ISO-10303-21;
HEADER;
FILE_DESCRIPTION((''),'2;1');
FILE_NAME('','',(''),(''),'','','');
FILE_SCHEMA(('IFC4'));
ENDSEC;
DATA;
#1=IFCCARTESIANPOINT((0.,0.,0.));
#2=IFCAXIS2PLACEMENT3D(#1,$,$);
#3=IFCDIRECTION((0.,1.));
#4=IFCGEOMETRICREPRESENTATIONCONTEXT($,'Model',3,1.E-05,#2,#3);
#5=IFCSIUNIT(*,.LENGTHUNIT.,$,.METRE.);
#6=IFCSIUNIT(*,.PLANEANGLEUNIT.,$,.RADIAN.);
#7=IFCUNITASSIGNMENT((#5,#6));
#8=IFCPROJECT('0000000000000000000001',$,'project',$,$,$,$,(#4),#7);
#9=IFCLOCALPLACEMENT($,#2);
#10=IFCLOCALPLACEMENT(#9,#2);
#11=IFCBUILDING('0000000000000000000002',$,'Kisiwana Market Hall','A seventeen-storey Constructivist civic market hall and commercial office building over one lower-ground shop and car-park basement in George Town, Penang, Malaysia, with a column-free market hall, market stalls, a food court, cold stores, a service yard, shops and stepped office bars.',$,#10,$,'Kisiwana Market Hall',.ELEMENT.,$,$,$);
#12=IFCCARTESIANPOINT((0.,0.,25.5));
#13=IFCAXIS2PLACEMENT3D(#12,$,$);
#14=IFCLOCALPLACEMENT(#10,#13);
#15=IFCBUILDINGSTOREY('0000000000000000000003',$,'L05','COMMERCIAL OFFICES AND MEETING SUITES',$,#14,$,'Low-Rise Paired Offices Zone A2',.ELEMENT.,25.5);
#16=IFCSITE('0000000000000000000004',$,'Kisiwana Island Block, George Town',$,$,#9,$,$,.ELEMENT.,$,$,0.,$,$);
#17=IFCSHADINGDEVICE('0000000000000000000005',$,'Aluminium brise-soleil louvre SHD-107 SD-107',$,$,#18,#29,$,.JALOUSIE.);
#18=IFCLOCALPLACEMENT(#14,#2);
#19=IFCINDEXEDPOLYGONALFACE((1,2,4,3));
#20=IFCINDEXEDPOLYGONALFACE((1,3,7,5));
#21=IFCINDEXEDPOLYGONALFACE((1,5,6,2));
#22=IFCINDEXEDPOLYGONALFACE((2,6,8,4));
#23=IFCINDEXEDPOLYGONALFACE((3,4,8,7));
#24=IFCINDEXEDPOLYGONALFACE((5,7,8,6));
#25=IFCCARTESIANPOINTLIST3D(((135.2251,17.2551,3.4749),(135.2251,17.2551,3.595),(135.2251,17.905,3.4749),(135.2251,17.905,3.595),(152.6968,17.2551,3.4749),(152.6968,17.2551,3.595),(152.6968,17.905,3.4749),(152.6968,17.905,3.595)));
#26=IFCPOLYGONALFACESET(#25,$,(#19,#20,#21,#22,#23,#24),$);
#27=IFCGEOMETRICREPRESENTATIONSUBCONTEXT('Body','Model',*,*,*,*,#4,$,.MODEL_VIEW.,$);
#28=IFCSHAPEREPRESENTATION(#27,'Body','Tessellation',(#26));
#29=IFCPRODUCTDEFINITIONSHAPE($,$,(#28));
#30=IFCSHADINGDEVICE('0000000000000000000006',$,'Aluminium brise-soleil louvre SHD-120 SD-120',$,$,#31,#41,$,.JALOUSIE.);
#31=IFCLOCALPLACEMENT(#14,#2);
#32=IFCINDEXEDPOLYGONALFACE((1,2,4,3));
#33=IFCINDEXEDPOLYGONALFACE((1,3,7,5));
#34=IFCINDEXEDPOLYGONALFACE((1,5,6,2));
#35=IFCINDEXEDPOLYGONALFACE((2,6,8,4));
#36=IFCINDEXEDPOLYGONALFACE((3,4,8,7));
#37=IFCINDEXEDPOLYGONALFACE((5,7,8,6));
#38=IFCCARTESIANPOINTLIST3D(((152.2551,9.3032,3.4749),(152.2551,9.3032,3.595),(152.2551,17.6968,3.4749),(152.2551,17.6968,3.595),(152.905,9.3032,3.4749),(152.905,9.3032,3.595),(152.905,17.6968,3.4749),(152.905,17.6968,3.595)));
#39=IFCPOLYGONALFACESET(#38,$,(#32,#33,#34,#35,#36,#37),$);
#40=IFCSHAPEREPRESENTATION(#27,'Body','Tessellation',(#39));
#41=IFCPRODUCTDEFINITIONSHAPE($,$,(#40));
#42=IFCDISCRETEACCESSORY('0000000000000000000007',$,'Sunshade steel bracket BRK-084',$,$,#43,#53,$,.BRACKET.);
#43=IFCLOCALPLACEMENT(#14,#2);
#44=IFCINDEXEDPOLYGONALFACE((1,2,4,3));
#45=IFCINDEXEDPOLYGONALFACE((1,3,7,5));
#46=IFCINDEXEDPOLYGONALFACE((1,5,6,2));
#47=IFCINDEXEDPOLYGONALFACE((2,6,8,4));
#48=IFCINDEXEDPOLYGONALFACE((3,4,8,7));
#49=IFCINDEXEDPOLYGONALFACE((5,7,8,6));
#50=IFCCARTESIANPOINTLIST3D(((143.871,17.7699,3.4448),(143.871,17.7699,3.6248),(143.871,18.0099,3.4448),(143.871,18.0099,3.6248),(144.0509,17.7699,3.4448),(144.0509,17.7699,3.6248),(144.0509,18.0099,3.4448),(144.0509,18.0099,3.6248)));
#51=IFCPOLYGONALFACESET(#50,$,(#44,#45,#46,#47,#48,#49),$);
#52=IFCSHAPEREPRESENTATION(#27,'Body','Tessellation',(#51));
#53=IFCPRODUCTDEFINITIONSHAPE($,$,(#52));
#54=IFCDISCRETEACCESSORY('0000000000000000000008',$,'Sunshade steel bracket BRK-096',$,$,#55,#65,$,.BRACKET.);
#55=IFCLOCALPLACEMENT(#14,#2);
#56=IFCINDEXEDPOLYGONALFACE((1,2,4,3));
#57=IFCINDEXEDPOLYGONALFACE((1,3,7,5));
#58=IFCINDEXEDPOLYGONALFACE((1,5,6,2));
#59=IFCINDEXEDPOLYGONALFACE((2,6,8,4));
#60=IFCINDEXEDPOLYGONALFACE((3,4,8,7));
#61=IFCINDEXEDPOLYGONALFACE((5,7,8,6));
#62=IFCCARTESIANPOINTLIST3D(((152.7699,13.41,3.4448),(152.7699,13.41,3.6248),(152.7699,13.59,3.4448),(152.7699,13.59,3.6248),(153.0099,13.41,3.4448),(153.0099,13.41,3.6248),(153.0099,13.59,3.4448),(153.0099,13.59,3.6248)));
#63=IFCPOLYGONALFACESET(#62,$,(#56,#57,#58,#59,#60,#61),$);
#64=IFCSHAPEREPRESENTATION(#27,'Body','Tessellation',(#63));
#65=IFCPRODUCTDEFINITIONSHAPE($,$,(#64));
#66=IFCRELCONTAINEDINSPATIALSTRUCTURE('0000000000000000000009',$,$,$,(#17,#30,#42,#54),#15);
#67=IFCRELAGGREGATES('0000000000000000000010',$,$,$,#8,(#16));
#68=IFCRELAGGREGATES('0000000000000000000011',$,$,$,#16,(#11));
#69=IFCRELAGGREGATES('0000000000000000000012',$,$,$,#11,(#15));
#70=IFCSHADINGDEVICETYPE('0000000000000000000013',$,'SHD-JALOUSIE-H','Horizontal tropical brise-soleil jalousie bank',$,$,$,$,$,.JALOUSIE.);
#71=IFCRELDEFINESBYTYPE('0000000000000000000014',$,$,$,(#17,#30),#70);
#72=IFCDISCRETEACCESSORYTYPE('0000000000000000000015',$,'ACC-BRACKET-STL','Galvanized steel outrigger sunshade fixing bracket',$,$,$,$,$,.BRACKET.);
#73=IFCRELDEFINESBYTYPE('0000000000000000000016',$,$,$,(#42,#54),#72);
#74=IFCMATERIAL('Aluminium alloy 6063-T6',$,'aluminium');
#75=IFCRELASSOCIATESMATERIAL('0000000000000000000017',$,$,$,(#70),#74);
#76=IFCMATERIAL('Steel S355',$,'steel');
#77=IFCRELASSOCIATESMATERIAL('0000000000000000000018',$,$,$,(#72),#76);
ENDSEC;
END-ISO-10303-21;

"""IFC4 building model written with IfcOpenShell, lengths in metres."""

from ifc_helpers import new_model, si_unit, direction, frame, origin, origin_2d, place, context, subcontext, project, spatial, rectangle, extrude, material, type_object, element, save


model = new_model("IFC4")

# Units and contexts
model_context = context("Model", 3, precision=1e-05, world=origin(), true_north=direction((0.0, 1.0)))
body_context = subcontext(model_context, "Body", "Model", "MODEL_VIEW")
ifc_project = project(units=[si_unit("LENGTHUNIT", "METRE"), si_unit("PLANEANGLEUNIT", "RADIAN")], contexts=[model_context])

# Site, building, storey
site_placement = place(None, origin())
site = spatial("IfcSite", under=ifc_project, at=site_placement, Name="Kisiwana Island Block, George Town", CompositionType="ELEMENT", RefElevation=0.0)
building_placement = place(site_placement, origin())
building = spatial("IfcBuilding", under=site, at=building_placement, Name="Kisiwana Market Hall", Description="A seventeen-storey Constructivist civic market hall and commercial office building over one lower-ground shop and car-park basement in George Town, Penang, Malaysia, with a column-free market hall, market stalls, a food court, cold stores, a service yard, shops and stepped office bars.", LongName="Kisiwana Market Hall", CompositionType="ELEMENT")
storey_placement = place(building_placement, frame((0.0, 0.0, 25.5)))
storey = spatial("IfcBuildingStorey", under=building, at=storey_placement, Name="L05", Description="COMMERCIAL OFFICES AND MEETING SUITES", LongName="Low-Rise Paired Offices Zone A2", CompositionType="ELEMENT", Elevation=25.5)

# Shading devices
ifc_material_1 = material(Name="Aluminium alloy 6063-T6", Category="aluminium")
shading_device_type = type_object("IfcShadingDeviceType", Name="SHD-JALOUSIE-H", Description="Horizontal tropical brise-soleil jalousie bank", PredefinedType="JALOUSIE", material=ifc_material_1)
shading_device_1_placement = place(storey_placement, frame((143.9609, 17.5801, 3.4749), z_axis=(0.0, 0.0, 1.0), x_axis=(1.0, 0.0, 0.0)))
element("IfcShadingDevice", 1, at=shading_device_1_placement, inside=storey, type_object=shading_device_type, Name="Aluminium brise-soleil louvre SHD-107 SD-107", PredefinedType="JALOUSIE", context=body_context, shape_type="SweptSolid", body=[
    extrude(rectangle(XDim=17.4717, YDim=0.6499, at=origin_2d()), origin(), (0.0, 0.0, 1.0), 0.1201),
])
shading_device_2_placement = place(storey_placement, frame((152.5801, 13.5, 3.4749), z_axis=(0.0, 0.0, 1.0), x_axis=(0.0, 1.0, 0.0)))
element("IfcShadingDevice", 2, at=shading_device_2_placement, inside=storey, type_object=shading_device_type, Name="Aluminium brise-soleil louvre SHD-120 SD-120", PredefinedType="JALOUSIE", context=body_context, shape_type="SweptSolid", body=[
    extrude(rectangle(XDim=8.3936, YDim=0.6499, at=origin_2d()), origin(), (0.0, 0.0, 1.0), 0.1201),
])

# Discrete accessories
ifc_material_2 = material(Name="Steel S355", Category="steel")
discrete_accessory_type = type_object("IfcDiscreteAccessoryType", Name="ACC-BRACKET-STL", Description="Galvanized steel outrigger sunshade fixing bracket", PredefinedType="BRACKET", material=ifc_material_2)
for number, where, z_axis, x_axis, name in (
    (3, (143.9609, 17.8899, 3.4448), (0.0, 0.0, 1.0), (1.0, 0.0, 0.0), "Sunshade steel bracket BRK-084"),
    (4, (152.8899, 13.5, 3.4448), (0.0, 0.0, 1.0), (0.0, 1.0, 0.0), "Sunshade steel bracket BRK-096"),
):
    element("IfcDiscreteAccessory", number, at=place(storey_placement, frame(where, z_axis=z_axis, x_axis=x_axis)), inside=storey, type_object=discrete_accessory_type, Name=name, PredefinedType="BRACKET", context=body_context, shape_type="SweptSolid", body=[
        extrude(rectangle(XDim=0.1799, YDim=0.24, at=origin_2d()), origin(), (0.0, 0.0, 1.0), 0.1799),
    ])

save(model, "model.ifc")
